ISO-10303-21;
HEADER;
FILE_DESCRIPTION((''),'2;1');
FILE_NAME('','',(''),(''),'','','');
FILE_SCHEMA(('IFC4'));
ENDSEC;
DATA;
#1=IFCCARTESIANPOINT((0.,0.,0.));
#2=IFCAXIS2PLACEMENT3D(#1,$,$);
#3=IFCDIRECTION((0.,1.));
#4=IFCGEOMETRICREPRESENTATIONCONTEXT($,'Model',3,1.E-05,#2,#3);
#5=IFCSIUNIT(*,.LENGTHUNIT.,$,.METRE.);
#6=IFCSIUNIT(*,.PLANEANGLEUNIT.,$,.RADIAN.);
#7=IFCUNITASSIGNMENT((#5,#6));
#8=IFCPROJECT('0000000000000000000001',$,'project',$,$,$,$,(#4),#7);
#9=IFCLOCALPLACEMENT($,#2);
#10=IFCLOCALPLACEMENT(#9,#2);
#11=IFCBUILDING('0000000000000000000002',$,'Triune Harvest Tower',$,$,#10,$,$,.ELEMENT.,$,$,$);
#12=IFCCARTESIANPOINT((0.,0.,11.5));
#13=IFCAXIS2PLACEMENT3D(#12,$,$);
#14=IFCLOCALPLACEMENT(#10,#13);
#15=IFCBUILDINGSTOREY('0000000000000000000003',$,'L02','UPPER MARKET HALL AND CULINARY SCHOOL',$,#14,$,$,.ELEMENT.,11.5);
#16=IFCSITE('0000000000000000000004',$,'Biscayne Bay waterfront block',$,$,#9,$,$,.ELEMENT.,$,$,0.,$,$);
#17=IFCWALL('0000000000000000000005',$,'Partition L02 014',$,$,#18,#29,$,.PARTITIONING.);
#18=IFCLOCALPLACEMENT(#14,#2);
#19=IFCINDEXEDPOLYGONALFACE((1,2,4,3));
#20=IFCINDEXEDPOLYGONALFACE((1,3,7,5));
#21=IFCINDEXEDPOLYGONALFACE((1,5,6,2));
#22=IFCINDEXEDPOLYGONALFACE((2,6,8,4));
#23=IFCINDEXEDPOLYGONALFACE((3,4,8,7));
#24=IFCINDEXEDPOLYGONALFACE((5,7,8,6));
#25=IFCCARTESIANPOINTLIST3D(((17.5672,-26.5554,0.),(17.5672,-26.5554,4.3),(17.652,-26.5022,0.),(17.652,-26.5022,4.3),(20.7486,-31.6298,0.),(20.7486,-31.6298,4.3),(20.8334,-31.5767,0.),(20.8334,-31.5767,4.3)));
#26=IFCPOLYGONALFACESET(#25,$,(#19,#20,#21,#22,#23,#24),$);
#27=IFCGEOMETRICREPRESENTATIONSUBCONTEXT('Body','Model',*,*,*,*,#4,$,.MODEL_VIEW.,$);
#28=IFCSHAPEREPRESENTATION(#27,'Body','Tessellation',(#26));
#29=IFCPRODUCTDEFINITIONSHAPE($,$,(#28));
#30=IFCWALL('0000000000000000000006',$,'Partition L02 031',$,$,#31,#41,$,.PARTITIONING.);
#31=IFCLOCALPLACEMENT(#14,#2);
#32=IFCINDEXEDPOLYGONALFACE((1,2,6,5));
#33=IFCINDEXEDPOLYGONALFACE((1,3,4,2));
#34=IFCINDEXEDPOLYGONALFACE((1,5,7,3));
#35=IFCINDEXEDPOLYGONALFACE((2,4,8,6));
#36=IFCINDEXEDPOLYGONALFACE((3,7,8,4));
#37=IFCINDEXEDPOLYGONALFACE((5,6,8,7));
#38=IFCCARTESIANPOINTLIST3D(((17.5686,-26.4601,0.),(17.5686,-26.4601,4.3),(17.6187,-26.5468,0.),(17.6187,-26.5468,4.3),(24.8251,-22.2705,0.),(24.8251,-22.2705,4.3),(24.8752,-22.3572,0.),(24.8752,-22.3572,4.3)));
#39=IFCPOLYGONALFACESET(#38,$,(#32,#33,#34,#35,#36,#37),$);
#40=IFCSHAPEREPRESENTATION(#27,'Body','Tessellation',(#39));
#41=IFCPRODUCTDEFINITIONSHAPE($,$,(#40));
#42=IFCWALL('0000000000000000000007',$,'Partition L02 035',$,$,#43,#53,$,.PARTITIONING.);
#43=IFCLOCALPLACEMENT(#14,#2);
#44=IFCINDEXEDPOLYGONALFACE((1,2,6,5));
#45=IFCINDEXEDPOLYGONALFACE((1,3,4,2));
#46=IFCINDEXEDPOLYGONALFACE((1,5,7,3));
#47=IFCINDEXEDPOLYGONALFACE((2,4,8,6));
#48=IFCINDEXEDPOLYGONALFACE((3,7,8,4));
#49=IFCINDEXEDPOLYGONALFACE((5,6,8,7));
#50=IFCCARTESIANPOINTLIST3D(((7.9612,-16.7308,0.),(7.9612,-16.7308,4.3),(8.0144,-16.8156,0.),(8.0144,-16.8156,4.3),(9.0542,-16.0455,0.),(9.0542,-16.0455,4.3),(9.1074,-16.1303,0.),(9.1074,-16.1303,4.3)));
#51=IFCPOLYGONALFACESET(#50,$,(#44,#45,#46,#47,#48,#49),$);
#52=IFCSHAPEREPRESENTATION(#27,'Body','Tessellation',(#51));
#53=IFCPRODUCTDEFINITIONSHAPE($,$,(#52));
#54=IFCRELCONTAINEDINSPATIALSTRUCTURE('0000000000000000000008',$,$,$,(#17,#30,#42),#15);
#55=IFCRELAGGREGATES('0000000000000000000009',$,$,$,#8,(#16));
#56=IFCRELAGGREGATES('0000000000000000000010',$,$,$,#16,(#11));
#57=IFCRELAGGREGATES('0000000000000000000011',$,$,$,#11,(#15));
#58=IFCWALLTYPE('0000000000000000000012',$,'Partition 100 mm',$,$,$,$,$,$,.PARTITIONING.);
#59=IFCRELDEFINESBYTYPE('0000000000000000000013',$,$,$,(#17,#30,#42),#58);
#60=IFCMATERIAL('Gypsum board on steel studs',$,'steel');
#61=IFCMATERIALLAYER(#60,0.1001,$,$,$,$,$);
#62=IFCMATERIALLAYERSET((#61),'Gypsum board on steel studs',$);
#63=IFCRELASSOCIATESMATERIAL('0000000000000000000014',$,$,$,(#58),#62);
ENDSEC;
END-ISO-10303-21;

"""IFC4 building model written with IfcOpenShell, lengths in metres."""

from ifc_helpers import new_model, si_unit, direction, frame, frame_2d, origin, place, context, subcontext, project, spatial, rectangle, extrude, material, layer, layer_set, type_object, element, save


model = new_model("IFC4")

# Units and contexts
model_context = context("Model", 3, precision=1e-05, world=origin(), true_north=direction((0.0, 1.0)))
body_context = subcontext(model_context, "Body", "Model", "MODEL_VIEW")
ifc_project = project(units=[si_unit("LENGTHUNIT", "METRE"), si_unit("PLANEANGLEUNIT", "RADIAN")], contexts=[model_context])

# Site, building, storey
site_placement = place(None, origin())
site = spatial("IfcSite", under=ifc_project, at=site_placement, Name="Biscayne Bay waterfront block", CompositionType="ELEMENT", RefElevation=0.0)
building_placement = place(site_placement, origin())
building = spatial("IfcBuilding", under=site, at=building_placement, Name="Triune Harvest Tower", CompositionType="ELEMENT")
storey_placement = place(building_placement, frame((0.0, 0.0, 11.5)))
storey = spatial("IfcBuildingStorey", under=building, at=storey_placement, Name="L02", Description="UPPER MARKET HALL AND CULINARY SCHOOL", CompositionType="ELEMENT", Elevation=11.5)

# Walls
ifc_material_1 = material(Name="Gypsum board on steel studs", Category="steel")
ifc_layer_1 = layer(ifc_material_1, 0.1001)
ifc_layer_set_1 = layer_set([ifc_layer_1], Name="Gypsum board on steel studs")
wall_type_1 = type_object("IfcWallType", Name="Partition 100 mm", PredefinedType="PARTITIONING", material=ifc_layer_set_1)
wall_1_placement = place(storey_placement, frame((17.6096, -26.5288, 0.0), z_axis=(0.0, 0.0, 1.0), x_axis=(0.531182, -0.847258, 0.0)))
element("IfcWall", 1, at=wall_1_placement, inside=storey, type_object=wall_type_1, Name="Partition L02 014", PredefinedType="PARTITIONING", context=body_context, shape_type="SweptSolid", body=[
    extrude(rectangle(XDim=5.9893, YDim=0.1001, at=frame_2d((2.9946, 0.0))), origin(), (0.0, 0.0, 1.0), 4.3),
])
wall_2_placement = place(storey_placement, frame((17.5938, -26.5034, 0.0), z_axis=(0.0, 0.0, 1.0), x_axis=(0.86602, 0.500009, 0.0)))
element("IfcWall", 2, at=wall_2_placement, inside=storey, type_object=wall_type_1, Name="Partition L02 031", PredefinedType="PARTITIONING", context=body_context, shape_type="SweptSolid", body=[
    extrude(rectangle(XDim=8.3792, YDim=0.1001, at=frame_2d((4.1895, 0.0))), origin(), (0.0, 0.0, 1.0), 4.3),
])
wall_3_placement = place(storey_placement, frame((7.9878, -16.7732, 0.0), z_axis=(0.0, 0.0, 1.0), x_axis=(0.847243, 0.531206, 0.0)))
element("IfcWall", 3, at=wall_3_placement, inside=storey, type_object=wall_type_1, Name="Partition L02 035", PredefinedType="PARTITIONING", context=body_context, shape_type="SweptSolid", body=[
    extrude(rectangle(XDim=1.29, YDim=0.1001, at=frame_2d((0.645, 0.0))), origin(), (0.0, 0.0, 1.0), 4.3),
])

save(model, "model.ifc")
